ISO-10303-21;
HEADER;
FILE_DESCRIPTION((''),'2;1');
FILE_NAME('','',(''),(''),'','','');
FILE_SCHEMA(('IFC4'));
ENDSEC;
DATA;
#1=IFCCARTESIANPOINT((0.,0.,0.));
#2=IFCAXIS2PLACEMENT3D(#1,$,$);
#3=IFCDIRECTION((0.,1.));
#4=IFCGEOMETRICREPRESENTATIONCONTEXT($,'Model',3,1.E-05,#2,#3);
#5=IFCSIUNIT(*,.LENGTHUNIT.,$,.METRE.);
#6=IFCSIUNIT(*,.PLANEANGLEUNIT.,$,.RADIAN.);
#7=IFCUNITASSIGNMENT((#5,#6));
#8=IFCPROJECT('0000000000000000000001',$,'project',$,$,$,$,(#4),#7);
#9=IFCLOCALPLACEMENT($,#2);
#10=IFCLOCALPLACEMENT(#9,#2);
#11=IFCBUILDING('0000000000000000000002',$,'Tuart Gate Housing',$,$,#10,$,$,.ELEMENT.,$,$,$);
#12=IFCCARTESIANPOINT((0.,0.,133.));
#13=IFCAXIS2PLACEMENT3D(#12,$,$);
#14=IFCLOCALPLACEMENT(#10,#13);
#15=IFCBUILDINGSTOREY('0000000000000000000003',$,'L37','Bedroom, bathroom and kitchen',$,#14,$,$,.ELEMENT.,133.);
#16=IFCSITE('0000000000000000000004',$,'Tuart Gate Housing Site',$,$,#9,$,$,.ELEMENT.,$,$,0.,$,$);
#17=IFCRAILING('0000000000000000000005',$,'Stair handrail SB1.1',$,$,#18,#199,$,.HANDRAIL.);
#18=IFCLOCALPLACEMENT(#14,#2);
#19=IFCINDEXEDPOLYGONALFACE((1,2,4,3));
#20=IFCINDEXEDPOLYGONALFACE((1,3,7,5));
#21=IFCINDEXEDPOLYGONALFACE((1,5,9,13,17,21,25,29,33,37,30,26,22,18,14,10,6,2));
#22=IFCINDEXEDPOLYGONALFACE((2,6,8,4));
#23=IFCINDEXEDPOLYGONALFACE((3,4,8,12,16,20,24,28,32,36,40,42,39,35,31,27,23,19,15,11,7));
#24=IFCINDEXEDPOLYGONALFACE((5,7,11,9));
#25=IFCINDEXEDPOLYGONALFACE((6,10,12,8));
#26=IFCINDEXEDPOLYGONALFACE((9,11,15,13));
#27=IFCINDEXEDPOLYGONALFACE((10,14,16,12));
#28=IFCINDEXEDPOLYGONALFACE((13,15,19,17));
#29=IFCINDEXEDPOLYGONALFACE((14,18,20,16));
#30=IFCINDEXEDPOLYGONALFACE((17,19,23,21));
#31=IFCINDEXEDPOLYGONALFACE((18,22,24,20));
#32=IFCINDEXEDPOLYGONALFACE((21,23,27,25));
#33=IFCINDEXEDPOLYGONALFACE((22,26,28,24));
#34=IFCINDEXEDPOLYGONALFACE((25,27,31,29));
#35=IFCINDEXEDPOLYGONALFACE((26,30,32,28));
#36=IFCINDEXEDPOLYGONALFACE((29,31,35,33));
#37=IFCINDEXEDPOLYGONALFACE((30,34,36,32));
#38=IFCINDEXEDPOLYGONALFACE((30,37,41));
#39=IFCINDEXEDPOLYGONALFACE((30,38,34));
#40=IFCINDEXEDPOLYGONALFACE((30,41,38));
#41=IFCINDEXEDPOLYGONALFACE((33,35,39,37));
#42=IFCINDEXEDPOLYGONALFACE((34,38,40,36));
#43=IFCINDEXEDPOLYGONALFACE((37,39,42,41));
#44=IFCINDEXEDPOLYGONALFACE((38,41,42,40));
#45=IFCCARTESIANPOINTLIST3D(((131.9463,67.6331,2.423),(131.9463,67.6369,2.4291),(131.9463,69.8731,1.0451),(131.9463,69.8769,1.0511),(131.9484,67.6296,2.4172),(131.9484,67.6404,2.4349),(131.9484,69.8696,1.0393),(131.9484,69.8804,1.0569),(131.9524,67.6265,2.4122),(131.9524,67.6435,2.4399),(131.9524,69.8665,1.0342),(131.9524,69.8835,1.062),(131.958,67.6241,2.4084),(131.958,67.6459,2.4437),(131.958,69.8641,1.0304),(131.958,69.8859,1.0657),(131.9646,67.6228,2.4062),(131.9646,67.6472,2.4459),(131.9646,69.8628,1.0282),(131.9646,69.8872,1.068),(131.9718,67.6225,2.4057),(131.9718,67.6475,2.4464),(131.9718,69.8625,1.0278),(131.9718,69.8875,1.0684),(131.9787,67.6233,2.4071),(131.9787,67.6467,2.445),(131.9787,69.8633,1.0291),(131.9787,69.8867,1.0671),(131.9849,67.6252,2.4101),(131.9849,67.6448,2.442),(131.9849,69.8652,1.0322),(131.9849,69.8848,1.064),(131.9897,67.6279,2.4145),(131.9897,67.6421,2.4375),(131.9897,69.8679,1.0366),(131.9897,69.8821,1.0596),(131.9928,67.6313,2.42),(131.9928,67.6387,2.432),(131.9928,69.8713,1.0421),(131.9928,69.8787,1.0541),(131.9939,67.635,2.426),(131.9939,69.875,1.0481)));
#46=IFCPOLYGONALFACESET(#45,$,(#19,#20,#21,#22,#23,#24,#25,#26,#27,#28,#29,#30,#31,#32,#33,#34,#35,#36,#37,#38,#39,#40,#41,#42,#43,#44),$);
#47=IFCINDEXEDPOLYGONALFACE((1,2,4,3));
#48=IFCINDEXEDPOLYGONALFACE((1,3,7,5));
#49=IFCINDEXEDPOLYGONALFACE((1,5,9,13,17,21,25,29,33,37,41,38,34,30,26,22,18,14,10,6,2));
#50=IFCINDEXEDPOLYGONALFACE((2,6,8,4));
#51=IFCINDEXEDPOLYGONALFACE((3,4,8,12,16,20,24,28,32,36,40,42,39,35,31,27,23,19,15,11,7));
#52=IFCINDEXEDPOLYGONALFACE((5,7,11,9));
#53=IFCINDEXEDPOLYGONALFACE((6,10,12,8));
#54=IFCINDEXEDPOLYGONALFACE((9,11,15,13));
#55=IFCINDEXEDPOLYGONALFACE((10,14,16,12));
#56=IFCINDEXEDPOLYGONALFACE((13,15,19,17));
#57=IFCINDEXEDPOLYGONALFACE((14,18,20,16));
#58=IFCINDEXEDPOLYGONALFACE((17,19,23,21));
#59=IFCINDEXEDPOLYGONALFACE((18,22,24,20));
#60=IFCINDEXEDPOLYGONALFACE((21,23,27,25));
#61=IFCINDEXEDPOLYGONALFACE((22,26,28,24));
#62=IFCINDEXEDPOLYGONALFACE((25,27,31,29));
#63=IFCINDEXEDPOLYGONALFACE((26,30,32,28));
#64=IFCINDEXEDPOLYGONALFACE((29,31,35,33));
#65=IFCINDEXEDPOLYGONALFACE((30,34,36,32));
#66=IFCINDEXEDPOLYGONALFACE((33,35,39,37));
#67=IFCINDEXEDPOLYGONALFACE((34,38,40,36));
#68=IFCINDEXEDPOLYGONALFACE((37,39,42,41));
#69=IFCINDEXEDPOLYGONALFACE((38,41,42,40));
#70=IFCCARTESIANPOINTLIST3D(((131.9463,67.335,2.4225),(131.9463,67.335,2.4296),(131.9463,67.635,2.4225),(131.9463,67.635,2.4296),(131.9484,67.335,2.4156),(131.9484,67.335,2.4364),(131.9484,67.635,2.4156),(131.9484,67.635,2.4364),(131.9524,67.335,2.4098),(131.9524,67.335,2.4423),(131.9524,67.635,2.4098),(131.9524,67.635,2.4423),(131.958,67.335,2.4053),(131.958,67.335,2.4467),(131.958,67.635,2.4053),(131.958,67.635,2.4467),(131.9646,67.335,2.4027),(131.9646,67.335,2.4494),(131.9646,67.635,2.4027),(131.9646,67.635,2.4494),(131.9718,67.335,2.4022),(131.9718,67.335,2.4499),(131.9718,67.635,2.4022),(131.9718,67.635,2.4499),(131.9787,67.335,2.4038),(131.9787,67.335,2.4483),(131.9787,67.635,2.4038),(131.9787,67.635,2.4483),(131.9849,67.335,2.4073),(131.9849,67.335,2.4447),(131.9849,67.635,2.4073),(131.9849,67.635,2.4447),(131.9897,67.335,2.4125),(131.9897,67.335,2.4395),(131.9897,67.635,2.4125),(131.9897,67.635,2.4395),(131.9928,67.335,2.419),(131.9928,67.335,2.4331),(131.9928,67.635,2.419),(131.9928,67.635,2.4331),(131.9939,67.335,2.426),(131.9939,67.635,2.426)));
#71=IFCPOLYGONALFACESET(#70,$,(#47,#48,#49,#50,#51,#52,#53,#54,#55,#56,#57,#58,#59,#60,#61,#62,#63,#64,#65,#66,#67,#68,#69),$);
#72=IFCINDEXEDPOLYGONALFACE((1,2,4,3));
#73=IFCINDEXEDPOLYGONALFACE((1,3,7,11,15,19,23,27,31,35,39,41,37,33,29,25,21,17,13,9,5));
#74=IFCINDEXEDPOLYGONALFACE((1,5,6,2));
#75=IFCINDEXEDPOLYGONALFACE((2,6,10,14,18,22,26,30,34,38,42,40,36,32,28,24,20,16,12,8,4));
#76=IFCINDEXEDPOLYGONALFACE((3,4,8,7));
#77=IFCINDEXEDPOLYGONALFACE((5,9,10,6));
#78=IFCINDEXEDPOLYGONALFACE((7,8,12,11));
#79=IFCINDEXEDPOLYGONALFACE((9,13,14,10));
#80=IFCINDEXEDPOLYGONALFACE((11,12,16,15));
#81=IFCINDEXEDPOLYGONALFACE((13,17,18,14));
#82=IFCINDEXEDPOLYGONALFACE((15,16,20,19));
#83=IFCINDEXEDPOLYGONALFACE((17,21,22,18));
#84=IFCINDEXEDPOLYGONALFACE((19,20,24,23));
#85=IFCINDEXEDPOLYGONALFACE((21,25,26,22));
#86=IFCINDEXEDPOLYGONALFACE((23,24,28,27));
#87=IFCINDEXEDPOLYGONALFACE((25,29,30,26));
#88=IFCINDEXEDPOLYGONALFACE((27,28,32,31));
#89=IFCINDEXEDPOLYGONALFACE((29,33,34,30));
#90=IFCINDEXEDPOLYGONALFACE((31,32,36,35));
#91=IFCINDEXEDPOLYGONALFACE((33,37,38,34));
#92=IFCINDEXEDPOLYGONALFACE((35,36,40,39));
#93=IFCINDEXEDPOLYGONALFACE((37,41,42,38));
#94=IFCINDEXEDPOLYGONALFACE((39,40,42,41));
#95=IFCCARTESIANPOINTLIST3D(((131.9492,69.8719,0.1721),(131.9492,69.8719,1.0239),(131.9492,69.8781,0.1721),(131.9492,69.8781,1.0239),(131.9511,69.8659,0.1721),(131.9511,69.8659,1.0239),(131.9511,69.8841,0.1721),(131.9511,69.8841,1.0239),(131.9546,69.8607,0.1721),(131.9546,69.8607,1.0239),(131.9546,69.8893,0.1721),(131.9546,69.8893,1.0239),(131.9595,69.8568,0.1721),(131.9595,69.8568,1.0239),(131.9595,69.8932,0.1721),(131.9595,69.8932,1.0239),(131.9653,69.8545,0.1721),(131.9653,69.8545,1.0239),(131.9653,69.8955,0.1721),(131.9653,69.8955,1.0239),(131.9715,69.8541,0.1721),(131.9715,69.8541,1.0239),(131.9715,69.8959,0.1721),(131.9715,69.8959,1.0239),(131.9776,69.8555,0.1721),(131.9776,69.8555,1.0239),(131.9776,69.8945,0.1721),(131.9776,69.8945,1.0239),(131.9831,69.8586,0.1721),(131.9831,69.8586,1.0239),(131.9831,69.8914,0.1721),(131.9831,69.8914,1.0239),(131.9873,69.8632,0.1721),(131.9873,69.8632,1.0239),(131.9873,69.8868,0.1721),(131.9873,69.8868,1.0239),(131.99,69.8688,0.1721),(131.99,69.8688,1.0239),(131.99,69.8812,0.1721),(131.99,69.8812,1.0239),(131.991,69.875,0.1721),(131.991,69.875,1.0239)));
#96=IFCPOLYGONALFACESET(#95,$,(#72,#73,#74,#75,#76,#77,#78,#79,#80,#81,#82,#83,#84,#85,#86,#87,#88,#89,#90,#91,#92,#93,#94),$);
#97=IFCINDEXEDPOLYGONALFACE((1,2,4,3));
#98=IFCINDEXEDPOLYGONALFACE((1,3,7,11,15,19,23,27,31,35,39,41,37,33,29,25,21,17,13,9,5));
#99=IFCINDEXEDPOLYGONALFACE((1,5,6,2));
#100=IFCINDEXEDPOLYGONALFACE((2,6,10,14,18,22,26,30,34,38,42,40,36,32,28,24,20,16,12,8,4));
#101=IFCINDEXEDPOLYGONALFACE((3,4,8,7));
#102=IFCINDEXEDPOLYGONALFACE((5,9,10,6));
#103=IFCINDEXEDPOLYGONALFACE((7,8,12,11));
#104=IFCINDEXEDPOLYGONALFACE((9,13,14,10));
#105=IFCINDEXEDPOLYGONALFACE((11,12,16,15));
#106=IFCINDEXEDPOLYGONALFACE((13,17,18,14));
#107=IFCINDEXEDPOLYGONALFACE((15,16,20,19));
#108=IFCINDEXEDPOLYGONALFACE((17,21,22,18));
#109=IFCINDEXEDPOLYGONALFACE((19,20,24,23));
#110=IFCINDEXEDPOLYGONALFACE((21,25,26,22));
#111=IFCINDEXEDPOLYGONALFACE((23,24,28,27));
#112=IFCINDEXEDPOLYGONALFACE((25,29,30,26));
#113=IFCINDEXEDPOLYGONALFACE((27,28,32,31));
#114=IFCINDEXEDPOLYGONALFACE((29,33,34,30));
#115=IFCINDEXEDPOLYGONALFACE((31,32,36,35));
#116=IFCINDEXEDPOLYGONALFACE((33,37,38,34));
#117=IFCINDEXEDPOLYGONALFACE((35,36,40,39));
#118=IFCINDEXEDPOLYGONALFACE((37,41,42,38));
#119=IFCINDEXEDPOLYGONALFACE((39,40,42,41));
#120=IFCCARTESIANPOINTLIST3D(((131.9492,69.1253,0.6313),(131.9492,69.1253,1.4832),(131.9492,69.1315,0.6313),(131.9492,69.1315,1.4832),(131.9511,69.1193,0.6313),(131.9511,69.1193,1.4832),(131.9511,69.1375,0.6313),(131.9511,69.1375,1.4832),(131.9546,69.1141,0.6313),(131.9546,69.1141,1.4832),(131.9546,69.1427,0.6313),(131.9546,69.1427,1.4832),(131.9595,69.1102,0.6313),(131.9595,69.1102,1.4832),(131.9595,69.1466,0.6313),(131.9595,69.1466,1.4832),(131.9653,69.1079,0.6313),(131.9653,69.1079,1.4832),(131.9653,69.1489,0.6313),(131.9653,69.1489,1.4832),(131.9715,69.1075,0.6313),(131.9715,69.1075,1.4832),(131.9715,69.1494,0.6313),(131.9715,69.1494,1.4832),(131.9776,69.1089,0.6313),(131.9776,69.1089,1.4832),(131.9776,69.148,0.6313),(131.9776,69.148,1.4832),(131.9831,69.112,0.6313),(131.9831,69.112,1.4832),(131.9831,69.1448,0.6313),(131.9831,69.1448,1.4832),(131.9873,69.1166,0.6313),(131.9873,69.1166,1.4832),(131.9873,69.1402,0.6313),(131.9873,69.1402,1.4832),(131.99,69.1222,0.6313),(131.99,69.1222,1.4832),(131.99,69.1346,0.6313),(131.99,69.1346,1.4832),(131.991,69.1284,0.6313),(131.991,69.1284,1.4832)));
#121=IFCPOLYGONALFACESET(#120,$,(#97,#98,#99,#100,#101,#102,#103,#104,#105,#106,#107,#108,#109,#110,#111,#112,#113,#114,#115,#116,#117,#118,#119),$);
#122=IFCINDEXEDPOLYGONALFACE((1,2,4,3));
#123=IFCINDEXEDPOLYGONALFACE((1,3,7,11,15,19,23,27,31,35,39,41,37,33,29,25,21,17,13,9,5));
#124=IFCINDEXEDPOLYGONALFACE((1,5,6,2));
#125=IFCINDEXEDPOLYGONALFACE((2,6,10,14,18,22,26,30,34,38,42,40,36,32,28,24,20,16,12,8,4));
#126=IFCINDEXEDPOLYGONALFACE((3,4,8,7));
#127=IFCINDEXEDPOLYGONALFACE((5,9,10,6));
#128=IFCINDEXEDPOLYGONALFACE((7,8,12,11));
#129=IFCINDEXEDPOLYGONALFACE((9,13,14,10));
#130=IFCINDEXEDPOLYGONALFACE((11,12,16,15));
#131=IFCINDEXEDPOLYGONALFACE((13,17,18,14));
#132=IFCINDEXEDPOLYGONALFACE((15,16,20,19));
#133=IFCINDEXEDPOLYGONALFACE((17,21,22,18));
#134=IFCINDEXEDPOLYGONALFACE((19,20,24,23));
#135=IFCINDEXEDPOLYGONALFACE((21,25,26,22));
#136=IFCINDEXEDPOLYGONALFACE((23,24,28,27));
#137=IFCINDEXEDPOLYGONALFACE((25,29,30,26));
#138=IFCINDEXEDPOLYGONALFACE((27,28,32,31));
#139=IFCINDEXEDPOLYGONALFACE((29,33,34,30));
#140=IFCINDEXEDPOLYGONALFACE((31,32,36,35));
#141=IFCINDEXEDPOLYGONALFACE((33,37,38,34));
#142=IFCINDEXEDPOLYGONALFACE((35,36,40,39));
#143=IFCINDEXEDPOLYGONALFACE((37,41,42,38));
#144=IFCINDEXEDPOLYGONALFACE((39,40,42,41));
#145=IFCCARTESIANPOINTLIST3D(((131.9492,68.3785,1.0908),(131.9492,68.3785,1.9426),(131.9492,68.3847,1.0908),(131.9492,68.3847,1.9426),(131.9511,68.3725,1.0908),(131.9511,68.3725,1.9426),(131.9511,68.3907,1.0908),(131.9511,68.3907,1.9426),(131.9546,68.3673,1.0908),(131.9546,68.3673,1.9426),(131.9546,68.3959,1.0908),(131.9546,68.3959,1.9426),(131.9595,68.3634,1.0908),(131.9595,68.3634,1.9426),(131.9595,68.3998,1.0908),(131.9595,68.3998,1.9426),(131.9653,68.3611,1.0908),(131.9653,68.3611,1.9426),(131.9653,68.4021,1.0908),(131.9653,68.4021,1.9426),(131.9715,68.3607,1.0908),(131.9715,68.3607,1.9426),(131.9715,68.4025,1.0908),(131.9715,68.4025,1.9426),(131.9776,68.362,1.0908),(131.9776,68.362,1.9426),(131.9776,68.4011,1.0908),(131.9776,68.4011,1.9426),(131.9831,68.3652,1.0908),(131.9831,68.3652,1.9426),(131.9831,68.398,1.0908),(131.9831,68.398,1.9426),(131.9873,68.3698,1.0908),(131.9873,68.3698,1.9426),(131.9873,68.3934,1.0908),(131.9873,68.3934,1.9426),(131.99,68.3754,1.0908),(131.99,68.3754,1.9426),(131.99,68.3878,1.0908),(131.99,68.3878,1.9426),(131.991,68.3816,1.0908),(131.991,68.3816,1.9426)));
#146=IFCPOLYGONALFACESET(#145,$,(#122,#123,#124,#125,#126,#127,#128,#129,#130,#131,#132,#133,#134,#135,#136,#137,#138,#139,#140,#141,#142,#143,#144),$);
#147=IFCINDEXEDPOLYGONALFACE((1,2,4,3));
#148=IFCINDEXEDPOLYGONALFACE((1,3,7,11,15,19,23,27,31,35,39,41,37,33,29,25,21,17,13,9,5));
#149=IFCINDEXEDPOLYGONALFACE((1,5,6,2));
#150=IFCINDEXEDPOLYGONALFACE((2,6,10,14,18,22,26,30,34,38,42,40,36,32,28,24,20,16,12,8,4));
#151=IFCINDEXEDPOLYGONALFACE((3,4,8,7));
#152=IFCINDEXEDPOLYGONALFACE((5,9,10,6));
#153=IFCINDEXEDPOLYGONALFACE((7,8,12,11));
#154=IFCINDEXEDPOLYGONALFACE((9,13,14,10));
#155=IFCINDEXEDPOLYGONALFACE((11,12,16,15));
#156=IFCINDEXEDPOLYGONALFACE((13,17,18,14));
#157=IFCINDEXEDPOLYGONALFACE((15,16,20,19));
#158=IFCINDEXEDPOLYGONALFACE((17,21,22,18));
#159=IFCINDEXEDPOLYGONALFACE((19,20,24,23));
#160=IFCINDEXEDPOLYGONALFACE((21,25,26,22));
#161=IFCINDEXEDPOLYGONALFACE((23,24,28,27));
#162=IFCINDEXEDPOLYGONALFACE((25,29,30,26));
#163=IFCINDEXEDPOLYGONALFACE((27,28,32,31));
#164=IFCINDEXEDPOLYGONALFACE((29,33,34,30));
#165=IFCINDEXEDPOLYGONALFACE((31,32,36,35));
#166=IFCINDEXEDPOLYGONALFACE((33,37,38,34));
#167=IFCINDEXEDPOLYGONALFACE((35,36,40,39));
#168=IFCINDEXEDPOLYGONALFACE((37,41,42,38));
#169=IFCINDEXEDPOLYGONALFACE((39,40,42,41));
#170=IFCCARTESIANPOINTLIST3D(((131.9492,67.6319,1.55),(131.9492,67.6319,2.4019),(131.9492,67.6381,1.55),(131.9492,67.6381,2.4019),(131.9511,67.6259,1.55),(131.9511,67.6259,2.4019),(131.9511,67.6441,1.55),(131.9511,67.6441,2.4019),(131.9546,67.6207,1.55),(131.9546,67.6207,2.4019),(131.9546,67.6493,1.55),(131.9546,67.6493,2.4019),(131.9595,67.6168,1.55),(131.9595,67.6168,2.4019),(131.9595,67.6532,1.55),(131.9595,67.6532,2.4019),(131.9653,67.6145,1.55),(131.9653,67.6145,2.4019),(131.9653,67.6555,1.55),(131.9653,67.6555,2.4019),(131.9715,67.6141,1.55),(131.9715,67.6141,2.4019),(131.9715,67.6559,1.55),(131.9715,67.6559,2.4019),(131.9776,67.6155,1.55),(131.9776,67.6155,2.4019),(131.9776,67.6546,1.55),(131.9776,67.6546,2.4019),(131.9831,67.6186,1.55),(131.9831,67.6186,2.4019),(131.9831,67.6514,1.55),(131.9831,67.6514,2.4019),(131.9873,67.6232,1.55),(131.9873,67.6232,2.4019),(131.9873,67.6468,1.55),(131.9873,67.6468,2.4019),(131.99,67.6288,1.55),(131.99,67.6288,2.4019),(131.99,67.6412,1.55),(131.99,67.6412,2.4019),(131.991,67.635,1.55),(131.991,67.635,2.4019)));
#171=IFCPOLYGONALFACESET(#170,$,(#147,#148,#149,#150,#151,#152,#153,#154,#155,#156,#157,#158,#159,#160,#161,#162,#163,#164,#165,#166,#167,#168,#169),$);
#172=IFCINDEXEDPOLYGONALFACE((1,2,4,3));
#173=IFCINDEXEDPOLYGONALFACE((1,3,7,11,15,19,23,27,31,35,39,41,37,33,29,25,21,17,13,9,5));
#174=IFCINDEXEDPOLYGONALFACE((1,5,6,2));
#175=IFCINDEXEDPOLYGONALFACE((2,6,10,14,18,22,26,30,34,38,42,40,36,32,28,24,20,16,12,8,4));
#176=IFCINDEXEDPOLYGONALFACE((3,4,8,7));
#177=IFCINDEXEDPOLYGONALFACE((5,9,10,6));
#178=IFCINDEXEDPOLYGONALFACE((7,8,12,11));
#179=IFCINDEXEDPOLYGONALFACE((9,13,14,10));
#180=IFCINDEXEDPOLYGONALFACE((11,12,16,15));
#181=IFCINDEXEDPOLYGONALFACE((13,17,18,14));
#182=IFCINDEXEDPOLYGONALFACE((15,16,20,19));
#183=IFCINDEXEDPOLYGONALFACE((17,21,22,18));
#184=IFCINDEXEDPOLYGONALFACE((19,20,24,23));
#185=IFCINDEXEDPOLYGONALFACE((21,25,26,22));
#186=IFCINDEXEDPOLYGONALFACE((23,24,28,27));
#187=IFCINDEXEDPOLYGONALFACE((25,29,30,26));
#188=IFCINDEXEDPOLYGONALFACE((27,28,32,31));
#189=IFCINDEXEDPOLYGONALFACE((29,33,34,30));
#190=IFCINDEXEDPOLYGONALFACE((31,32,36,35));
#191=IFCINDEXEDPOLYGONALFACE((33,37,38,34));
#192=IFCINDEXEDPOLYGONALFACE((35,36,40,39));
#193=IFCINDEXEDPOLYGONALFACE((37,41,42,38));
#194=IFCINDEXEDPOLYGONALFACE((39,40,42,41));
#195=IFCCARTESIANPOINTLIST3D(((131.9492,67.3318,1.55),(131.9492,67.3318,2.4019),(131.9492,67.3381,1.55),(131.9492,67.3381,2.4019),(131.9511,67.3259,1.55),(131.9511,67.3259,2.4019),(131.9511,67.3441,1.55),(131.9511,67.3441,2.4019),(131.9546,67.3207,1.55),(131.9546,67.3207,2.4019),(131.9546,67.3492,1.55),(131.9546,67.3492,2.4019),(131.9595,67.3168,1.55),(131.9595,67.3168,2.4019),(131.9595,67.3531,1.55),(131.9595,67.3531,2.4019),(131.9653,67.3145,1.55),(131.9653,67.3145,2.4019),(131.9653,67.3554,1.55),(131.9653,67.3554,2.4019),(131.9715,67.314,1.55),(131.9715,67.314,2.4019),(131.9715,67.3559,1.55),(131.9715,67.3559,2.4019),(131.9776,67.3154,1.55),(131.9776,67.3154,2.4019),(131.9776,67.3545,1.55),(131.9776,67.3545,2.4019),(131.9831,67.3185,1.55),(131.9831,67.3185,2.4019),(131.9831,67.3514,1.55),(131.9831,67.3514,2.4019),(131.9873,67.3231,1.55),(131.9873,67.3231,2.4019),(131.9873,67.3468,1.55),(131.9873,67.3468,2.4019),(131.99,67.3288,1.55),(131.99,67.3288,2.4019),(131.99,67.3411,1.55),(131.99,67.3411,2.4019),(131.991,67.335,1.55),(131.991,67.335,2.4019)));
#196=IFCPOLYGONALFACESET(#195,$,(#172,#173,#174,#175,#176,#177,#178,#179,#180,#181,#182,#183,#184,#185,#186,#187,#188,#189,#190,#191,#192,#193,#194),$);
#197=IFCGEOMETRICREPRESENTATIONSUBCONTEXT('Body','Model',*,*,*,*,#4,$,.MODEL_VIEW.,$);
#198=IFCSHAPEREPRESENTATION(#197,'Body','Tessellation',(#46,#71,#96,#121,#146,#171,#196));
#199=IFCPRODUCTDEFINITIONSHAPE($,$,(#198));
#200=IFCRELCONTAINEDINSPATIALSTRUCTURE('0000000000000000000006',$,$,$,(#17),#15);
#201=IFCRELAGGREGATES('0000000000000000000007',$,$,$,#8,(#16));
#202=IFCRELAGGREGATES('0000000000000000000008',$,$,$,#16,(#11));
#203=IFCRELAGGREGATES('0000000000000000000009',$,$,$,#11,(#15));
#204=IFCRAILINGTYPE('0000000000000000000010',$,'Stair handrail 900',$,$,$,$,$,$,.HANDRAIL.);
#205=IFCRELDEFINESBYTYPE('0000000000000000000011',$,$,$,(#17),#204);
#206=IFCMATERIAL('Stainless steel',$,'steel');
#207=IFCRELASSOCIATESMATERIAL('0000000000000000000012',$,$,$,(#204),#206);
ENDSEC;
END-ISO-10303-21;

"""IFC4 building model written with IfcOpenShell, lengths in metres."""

from ifc_helpers import new_model, si_unit, direction, frame, origin, origin_2d, place, context, subcontext, project, spatial, circle, extrude, material, type_object, element, save


model = new_model("IFC4")

# Units and contexts
model_context = context("Model", 3, precision=1e-05, world=origin(), true_north=direction((0.0, 1.0)))
body_context = subcontext(model_context, "Body", "Model", "MODEL_VIEW")
ifc_project = project(units=[si_unit("LENGTHUNIT", "METRE"), si_unit("PLANEANGLEUNIT", "RADIAN")], contexts=[model_context])

# Site, building, storey
site_placement = place(None, origin())
site = spatial("IfcSite", under=ifc_project, at=site_placement, Name="Tuart Gate Housing Site", CompositionType="ELEMENT", RefElevation=0.0)
building_placement = place(site_placement, origin())
building = spatial("IfcBuilding", under=site, at=building_placement, Name="Tuart Gate Housing", CompositionType="ELEMENT")
storey_placement = place(building_placement, frame((0.0, 0.0, 133.0)))
storey = spatial("IfcBuildingStorey", under=building, at=storey_placement, Name="L37", Description="Bedroom, bathroom and kitchen", CompositionType="ELEMENT", Elevation=133.0)

# Railing
ifc_material_1 = material(Name="Stainless steel", Category="steel")
railing_type = type_object("IfcRailingType", Name="Stair handrail 900", PredefinedType="HANDRAIL", material=ifc_material_1)
railing_placement = place(storey_placement, frame((131.97, 69.875, 0.1721)))
element("IfcRailing", 1, at=railing_placement, inside=storey, type_object=railing_type, Name="Stair handrail SB1.1", PredefinedType="HANDRAIL", context=body_context, shape_type="SweptSolid", body=[
    extrude(circle(Radius=0.0239, at=origin_2d()), frame((0.0, 0.0, 0.876), z_axis=(0.0, -0.851748, 0.523952), x_axis=(1.0, 0.0, 0.0)), (0.0, 0.0, 1.0), 2.6299),
    extrude(circle(Radius=0.0239, at=origin_2d()), frame((0.0, -2.24, 2.2539), z_axis=(0.0, -1.0, 0.0), x_axis=(1.0, 0.0, 0.0)), (0.0, 0.0, 1.0), 0.3),
    extrude(circle(Radius=0.021, at=origin_2d()), origin(), (0.0, 0.0, 1.0), 0.8518),
    extrude(circle(Radius=0.021, at=origin_2d()), frame((0.0, -0.7466, 0.4592)), (0.0, 0.0, 1.0), 0.8518),
    extrude(circle(Radius=0.021, at=origin_2d()), frame((0.0, -1.4934, 0.9187)), (0.0, 0.0, 1.0), 0.8518),
    extrude(circle(Radius=0.021, at=origin_2d()), frame((0.0, -2.24, 1.3779)), (0.0, 0.0, 1.0), 0.8518),
    extrude(circle(Radius=0.021, at=origin_2d()), frame((0.0, -2.54, 1.3779)), (0.0, 0.0, 1.0), 0.8518),
])

save(model, "model.ifc")
